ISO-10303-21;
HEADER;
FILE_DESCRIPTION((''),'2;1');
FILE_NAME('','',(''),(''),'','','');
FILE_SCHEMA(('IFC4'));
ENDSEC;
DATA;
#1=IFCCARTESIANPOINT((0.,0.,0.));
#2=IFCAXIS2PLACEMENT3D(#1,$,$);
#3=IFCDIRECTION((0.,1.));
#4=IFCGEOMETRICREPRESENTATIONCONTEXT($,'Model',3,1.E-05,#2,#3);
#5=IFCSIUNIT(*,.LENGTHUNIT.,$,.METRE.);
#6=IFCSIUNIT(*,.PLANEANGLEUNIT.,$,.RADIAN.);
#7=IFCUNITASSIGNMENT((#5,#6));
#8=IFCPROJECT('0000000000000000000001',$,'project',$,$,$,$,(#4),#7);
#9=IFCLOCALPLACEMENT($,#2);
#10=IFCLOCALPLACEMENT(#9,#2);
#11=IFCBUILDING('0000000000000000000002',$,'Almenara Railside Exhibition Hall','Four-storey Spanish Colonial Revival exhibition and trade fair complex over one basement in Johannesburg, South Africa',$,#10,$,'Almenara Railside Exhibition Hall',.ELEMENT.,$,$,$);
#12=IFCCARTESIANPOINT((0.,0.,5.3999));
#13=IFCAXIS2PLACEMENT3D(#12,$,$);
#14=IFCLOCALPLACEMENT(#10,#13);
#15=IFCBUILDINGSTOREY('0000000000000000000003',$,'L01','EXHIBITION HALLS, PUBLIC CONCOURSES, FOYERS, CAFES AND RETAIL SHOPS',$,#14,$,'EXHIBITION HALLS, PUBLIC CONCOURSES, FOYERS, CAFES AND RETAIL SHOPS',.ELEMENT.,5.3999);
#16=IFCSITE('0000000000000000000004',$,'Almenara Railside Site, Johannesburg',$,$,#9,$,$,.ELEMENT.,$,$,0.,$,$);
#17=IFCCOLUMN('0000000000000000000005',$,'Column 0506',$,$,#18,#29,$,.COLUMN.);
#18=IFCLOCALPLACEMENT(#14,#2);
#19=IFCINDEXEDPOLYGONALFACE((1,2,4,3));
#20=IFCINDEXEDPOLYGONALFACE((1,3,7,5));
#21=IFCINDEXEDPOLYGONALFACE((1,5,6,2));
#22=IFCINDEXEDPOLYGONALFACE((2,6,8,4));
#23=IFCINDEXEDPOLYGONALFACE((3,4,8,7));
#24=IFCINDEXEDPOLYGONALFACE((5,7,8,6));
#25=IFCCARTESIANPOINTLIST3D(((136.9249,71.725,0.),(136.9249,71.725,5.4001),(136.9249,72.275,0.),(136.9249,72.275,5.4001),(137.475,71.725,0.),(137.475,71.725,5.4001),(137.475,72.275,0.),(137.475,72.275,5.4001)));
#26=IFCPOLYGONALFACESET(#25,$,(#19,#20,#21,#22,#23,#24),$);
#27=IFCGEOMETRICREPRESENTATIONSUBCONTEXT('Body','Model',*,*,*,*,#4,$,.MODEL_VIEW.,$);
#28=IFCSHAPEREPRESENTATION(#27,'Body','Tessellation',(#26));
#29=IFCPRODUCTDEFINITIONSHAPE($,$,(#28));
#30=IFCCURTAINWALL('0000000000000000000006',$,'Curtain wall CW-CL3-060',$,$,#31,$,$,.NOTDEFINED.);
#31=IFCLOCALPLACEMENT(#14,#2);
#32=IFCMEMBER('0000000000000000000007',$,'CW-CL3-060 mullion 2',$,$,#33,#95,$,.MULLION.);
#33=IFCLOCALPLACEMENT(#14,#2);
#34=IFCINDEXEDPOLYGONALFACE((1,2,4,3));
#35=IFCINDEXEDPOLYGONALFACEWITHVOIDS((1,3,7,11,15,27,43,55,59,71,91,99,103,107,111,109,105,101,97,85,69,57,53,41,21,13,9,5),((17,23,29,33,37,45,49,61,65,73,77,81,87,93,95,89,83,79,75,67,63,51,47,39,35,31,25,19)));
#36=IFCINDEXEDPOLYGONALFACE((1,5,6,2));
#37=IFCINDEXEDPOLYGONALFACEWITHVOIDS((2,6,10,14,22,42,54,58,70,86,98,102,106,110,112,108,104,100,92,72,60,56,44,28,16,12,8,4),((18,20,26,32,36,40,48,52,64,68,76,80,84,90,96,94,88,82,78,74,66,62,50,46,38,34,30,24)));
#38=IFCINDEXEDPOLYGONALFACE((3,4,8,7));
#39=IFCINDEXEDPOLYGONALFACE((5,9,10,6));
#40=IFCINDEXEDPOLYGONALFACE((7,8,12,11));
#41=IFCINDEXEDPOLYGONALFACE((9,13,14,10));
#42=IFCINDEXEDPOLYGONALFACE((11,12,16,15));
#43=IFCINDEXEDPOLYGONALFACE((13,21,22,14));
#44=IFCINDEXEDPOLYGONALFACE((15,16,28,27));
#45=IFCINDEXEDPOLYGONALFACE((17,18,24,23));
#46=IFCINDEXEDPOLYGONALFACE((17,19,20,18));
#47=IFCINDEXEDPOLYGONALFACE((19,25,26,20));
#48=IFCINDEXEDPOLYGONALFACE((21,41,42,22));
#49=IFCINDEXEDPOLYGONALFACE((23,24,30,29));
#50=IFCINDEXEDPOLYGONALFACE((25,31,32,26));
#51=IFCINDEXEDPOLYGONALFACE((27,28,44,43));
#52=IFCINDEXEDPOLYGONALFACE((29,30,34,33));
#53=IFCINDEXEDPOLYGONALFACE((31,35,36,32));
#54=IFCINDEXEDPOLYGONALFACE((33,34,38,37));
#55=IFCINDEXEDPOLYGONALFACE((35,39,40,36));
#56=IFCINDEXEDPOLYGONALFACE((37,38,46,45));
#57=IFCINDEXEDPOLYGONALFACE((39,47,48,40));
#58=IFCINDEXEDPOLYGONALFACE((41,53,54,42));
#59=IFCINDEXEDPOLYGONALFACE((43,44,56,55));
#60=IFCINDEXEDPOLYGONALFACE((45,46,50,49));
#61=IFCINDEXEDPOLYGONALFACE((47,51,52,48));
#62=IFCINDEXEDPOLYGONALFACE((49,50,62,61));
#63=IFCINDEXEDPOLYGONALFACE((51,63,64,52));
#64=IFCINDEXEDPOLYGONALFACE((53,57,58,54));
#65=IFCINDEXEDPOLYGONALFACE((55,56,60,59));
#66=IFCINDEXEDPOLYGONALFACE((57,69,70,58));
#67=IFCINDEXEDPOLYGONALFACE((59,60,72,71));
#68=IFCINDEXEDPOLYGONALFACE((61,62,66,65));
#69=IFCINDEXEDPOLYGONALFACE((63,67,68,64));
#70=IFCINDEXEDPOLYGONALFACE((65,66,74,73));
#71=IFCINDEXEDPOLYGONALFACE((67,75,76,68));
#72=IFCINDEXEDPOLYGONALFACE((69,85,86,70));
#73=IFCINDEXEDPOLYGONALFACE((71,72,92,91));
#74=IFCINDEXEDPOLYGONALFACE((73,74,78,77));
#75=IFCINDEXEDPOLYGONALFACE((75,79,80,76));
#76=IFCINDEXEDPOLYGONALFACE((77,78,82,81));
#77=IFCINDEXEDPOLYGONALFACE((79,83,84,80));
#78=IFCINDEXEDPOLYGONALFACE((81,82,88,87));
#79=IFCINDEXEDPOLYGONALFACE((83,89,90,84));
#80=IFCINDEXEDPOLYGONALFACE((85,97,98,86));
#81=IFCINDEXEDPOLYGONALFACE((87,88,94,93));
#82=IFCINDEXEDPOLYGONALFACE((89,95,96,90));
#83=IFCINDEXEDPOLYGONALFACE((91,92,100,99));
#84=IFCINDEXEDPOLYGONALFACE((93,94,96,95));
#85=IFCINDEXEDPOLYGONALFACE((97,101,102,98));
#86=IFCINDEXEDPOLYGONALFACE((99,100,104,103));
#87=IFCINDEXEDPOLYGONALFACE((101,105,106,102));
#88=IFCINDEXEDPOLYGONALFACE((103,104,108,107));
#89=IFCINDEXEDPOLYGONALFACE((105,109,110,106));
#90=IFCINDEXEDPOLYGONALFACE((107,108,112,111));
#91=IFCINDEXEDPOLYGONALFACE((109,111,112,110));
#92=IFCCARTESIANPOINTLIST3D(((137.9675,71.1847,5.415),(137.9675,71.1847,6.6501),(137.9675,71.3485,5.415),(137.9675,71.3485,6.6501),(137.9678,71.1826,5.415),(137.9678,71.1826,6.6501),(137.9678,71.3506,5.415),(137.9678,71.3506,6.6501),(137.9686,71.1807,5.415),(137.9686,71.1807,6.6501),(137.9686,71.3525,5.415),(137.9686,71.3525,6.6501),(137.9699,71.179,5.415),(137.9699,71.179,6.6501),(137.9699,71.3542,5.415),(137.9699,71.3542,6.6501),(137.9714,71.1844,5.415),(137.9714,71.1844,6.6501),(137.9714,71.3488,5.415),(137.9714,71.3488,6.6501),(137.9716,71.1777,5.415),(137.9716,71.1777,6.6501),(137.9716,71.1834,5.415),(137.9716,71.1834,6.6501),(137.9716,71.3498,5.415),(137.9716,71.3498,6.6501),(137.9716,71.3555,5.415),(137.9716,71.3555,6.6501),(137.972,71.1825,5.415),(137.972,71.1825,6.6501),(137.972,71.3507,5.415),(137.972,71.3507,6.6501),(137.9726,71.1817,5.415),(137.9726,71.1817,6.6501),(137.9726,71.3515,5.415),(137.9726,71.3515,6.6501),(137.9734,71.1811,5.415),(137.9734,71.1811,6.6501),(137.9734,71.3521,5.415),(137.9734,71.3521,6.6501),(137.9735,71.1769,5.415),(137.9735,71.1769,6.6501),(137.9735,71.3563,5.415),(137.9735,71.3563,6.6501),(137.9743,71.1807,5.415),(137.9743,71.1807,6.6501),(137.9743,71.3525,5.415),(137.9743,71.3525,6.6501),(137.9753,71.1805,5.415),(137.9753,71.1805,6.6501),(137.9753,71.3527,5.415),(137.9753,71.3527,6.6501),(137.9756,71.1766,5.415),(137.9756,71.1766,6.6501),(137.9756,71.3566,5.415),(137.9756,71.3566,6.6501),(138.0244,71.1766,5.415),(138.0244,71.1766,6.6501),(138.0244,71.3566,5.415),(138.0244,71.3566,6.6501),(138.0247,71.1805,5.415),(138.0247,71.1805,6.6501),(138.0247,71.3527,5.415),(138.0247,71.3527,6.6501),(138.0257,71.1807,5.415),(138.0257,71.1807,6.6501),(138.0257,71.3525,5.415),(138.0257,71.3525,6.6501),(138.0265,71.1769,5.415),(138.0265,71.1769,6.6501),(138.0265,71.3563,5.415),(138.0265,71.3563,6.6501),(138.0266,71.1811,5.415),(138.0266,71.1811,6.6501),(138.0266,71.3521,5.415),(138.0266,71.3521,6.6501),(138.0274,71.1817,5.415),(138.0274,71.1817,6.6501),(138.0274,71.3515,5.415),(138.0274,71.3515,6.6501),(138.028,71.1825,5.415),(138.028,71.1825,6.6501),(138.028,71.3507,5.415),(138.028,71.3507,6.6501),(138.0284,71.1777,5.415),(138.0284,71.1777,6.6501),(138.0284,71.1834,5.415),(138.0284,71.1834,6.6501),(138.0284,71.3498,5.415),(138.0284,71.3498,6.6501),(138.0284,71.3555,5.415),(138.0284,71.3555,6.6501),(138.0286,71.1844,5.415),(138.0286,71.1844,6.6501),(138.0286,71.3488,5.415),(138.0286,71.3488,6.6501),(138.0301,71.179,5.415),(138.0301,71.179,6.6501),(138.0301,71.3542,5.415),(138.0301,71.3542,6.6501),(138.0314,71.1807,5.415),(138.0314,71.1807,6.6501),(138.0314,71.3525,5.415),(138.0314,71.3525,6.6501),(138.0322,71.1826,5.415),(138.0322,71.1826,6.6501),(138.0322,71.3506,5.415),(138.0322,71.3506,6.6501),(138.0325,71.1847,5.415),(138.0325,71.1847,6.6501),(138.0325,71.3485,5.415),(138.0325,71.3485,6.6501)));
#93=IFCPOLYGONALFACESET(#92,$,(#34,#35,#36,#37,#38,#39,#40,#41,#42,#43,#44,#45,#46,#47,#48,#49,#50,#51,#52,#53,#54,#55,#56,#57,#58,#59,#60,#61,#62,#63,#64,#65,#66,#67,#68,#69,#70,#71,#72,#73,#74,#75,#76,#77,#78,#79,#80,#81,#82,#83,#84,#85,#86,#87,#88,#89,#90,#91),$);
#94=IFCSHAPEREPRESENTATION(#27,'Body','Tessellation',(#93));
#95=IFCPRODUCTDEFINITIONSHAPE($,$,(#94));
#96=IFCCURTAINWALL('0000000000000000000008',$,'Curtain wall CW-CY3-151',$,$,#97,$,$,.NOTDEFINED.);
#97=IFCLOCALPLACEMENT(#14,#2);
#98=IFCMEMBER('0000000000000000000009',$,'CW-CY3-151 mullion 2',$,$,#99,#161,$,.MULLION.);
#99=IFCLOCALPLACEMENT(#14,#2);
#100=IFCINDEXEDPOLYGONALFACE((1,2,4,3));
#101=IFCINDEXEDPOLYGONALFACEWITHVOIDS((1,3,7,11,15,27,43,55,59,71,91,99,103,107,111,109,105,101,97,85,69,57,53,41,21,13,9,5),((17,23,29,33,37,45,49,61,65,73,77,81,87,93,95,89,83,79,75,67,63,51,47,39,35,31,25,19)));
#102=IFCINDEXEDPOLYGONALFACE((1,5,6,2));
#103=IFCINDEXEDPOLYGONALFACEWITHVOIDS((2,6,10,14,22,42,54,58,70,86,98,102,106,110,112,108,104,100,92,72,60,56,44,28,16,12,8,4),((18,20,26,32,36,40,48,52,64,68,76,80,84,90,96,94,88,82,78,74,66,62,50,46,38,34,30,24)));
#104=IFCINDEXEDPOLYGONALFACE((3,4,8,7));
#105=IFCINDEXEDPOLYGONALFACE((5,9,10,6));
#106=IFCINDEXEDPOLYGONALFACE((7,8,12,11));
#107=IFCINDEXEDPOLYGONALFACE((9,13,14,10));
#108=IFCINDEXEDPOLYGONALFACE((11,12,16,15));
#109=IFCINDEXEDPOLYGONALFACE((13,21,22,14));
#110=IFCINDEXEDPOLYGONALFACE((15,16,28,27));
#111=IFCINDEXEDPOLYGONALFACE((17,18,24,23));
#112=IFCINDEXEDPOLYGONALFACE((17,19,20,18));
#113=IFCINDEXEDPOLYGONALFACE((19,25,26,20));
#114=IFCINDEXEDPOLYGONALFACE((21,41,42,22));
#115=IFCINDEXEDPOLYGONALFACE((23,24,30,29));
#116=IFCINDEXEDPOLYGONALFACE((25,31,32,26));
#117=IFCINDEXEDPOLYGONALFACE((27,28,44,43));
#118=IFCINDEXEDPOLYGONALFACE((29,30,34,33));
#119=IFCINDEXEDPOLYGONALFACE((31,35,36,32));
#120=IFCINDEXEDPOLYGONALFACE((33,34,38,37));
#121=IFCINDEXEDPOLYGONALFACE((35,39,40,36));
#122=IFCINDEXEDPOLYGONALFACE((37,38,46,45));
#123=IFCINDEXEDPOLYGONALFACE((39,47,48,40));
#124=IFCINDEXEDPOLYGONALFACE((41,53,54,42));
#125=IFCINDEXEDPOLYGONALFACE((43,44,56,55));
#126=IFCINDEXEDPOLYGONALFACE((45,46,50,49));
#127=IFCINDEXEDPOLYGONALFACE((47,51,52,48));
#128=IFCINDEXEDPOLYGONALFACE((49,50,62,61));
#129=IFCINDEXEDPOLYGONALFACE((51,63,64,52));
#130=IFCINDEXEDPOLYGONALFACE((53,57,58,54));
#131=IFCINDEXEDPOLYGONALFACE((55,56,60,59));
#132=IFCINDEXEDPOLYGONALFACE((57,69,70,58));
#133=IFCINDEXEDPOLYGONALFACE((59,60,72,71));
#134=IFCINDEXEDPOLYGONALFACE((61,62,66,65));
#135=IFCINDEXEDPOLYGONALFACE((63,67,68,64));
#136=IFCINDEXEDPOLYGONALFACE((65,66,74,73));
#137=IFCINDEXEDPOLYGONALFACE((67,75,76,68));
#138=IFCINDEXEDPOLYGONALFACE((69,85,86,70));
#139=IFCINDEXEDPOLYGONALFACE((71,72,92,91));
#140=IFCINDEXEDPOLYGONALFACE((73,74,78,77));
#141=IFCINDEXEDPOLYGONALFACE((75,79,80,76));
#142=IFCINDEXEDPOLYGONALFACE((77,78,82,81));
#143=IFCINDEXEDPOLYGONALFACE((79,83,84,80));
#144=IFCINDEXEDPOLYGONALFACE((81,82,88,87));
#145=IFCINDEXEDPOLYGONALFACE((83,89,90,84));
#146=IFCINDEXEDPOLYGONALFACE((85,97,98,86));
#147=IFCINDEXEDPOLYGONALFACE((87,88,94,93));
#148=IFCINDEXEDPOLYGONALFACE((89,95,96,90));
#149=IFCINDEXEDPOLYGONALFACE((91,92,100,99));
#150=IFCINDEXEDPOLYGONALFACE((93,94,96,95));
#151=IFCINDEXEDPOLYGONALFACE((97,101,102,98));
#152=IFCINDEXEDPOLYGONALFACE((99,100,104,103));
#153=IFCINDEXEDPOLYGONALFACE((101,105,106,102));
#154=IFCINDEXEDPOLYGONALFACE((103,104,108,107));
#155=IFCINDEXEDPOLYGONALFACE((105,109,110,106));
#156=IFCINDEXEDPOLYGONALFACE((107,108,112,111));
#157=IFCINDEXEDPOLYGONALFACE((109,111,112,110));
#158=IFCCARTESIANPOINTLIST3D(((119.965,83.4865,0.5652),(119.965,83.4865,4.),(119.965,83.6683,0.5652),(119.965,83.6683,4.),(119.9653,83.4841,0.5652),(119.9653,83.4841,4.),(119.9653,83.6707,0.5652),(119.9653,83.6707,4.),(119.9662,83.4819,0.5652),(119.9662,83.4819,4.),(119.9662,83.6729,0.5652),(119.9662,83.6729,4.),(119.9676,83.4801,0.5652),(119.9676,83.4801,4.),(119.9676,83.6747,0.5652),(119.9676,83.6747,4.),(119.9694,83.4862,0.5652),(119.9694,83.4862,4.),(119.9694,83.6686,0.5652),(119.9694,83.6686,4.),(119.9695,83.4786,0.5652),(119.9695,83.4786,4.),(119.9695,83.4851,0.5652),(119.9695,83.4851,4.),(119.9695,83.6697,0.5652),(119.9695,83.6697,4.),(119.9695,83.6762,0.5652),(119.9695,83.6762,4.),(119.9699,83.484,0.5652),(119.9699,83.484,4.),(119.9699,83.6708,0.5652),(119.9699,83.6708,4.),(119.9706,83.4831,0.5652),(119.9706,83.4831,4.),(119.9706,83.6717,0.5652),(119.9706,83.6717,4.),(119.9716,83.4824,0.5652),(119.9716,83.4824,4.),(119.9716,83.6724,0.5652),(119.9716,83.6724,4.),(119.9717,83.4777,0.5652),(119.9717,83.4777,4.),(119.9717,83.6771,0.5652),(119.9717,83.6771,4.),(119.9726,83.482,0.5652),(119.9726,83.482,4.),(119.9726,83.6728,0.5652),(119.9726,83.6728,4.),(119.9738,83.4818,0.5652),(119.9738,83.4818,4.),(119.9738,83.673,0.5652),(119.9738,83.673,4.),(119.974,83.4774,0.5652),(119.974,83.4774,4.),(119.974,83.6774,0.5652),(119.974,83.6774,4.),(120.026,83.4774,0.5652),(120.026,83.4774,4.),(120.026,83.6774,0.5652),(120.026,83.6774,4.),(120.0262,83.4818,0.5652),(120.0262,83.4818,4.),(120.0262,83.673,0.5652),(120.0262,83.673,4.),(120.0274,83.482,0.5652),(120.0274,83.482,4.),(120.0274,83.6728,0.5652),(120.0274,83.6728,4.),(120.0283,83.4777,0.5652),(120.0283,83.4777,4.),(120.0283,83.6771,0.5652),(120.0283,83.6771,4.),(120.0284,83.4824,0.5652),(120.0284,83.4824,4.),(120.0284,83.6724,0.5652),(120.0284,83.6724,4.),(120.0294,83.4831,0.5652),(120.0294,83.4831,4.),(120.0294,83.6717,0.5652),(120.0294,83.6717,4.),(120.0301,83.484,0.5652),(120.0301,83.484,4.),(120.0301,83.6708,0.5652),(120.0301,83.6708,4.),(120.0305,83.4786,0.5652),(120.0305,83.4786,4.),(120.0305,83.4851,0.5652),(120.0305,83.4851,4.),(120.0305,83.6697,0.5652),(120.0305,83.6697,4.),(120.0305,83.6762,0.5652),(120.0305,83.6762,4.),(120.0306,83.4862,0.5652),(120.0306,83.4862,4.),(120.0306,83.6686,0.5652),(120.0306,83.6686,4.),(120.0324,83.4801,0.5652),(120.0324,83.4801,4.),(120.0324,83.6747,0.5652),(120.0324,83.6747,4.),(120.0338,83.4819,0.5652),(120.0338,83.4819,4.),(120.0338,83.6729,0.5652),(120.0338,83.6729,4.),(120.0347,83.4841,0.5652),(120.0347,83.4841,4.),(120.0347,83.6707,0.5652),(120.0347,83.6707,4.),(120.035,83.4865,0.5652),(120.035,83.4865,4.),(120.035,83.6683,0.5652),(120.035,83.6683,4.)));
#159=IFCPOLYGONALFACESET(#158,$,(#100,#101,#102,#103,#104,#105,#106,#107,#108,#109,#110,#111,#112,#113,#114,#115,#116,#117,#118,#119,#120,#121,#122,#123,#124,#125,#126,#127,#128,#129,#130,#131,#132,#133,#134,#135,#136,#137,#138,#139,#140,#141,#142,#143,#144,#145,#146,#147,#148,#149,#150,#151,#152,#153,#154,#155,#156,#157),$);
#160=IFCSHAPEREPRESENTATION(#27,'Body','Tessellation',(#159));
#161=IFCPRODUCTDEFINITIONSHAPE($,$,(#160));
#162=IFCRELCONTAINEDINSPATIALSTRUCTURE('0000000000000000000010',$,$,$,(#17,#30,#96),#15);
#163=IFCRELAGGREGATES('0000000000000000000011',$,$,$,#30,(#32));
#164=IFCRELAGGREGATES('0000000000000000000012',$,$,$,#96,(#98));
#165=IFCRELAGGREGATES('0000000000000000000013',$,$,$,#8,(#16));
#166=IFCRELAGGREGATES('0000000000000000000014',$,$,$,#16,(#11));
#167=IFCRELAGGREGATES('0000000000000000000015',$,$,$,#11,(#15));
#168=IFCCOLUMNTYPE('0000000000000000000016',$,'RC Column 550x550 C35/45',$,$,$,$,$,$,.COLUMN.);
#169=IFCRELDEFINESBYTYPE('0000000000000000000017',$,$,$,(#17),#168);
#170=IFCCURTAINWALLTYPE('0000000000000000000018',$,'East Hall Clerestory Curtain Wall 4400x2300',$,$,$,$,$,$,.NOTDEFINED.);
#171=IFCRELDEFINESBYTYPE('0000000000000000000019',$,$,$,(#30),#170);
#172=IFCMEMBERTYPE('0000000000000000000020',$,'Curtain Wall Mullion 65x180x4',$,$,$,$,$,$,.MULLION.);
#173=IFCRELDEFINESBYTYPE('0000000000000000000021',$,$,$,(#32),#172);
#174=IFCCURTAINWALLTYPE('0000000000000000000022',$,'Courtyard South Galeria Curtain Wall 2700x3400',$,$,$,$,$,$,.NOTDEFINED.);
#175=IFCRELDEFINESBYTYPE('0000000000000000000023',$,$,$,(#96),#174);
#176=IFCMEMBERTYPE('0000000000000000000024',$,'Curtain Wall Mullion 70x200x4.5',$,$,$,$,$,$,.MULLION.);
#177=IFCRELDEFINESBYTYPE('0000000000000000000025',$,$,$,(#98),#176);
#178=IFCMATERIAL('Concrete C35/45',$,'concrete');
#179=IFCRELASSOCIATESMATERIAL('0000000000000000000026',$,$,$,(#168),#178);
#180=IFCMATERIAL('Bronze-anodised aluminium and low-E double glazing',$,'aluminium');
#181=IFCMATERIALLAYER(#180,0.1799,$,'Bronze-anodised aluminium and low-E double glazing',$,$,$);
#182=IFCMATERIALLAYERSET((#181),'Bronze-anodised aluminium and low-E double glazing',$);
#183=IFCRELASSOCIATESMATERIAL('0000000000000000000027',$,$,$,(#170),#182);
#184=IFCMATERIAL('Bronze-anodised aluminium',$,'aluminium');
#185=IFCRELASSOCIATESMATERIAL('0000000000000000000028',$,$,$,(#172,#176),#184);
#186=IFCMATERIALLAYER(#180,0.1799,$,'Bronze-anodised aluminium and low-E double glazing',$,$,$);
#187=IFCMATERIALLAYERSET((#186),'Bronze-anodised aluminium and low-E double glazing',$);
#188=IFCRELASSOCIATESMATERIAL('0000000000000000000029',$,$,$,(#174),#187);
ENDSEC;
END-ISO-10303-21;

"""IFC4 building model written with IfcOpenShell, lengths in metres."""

from ifc_helpers import new_model, si_unit, direction, frame, origin, origin_2d, place, context, subcontext, project, spatial, rectangle, hollow_rectangle, extrude, material, layer, layer_set, material_profile, profile_set, type_object, element, aggregate, save


model = new_model("IFC4")

# Units and contexts
model_context = context("Model", 3, precision=1e-05, world=origin(), true_north=direction((0.0, 1.0)))
body_context = subcontext(model_context, "Body", "Model", "MODEL_VIEW")
ifc_project = project(units=[si_unit("LENGTHUNIT", "METRE"), si_unit("PLANEANGLEUNIT", "RADIAN")], contexts=[model_context])

# Site, building, storey
site_placement = place(None, origin())
site = spatial("IfcSite", under=ifc_project, at=site_placement, Name="Almenara Railside Site, Johannesburg", CompositionType="ELEMENT", RefElevation=0.0)
building_placement = place(site_placement, origin())
building = spatial("IfcBuilding", under=site, at=building_placement, Name="Almenara Railside Exhibition Hall", Description="Four-storey Spanish Colonial Revival exhibition and trade fair complex over one basement in Johannesburg, South Africa", LongName="Almenara Railside Exhibition Hall", CompositionType="ELEMENT")
storey_placement = place(building_placement, frame((0.0, 0.0, 5.3999)))
storey = spatial("IfcBuildingStorey", under=building, at=storey_placement, Name="L01", Description="EXHIBITION HALLS, PUBLIC CONCOURSES, FOYERS, CAFES AND RETAIL SHOPS", LongName="EXHIBITION HALLS, PUBLIC CONCOURSES, FOYERS, CAFES AND RETAIL SHOPS", CompositionType="ELEMENT", Elevation=5.3999)

# Column
ifc_material_1 = material(Name="Concrete C35/45", Category="concrete")
ifc_material_profile_1 = material_profile(ifc_material_1, rectangle(XDim=0.55, YDim=0.55, at=origin_2d()), Name="RC 550x550")
ifc_profile_set_1 = profile_set([ifc_material_profile_1], Name="Concrete C35/45")
column_type = type_object("IfcColumnType", Name="RC Column 550x550 C35/45", PredefinedType="COLUMN", material=ifc_profile_set_1)
column_placement = place(storey_placement, frame((137.2, 72.0, 0.0), z_axis=(0.0, 0.0, 1.0), x_axis=(1.0, 0.0, 0.0)))
element("IfcColumn", 1, at=column_placement, inside=storey, type_object=column_type, Name="Column 0506", PredefinedType="COLUMN", context=body_context, shape_type="SweptSolid", body=[
    extrude(rectangle(XDim=0.55, YDim=0.55, at=origin_2d()), origin(), (0.0, 0.0, 1.0), 5.4001),
])

# Curtain wall, member
ifc_material_2 = material(Name="Bronze-anodised aluminium and low-E double glazing", Category="aluminium")
ifc_layer_1 = layer(ifc_material_2, 0.1799, Name="Bronze-anodised aluminium and low-E double glazing")
ifc_layer_set_1 = layer_set([ifc_layer_1], Name="Bronze-anodised aluminium and low-E double glazing")
curtain_wall_type_1 = type_object("IfcCurtainWallType", Name="East Hall Clerestory Curtain Wall 4400x2300", PredefinedType="NOTDEFINED", material=ifc_layer_set_1)
curtain_wall_1_placement = place(storey_placement, origin())
curtain_wall_1 = element("IfcCurtainWall", 2, at=curtain_wall_1_placement, inside=storey, type_object=curtain_wall_type_1, Name="Curtain wall CW-CL3-060", PredefinedType="NOTDEFINED")
ifc_material_3 = material(Name="Bronze-anodised aluminium", Category="aluminium")
ifc_material_profile_2 = material_profile(ifc_material_3, hollow_rectangle(XDim=0.0649, YDim=0.1799, WallThickness=0.0039, InnerFilletRadius=0.0039, OuterFilletRadius=0.0081, at=origin_2d()), Name="ALU-MUL 65x180x4")
ifc_profile_set_2 = profile_set([ifc_material_profile_2], Name="Bronze-anodised aluminium")
member_type_1 = type_object("IfcMemberType", Name="Curtain Wall Mullion 65x180x4", PredefinedType="MULLION", material=ifc_profile_set_2)
member_1_placement = place(storey_placement, frame((138.0, 71.2666, 5.415), z_axis=(0.0, 0.0, 1.0), x_axis=(-1.0, 0.0, 0.0)))
member_1 = element("IfcMember", 3, at=member_1_placement, type_object=member_type_1, Name="CW-CL3-060 mullion 2", PredefinedType="MULLION", context=body_context, shape_type="SweptSolid", body=[
    extrude(hollow_rectangle(XDim=0.0649, YDim=0.1799, WallThickness=0.0039, InnerFilletRadius=0.0039, OuterFilletRadius=0.0081, at=origin_2d()), origin(), (0.0, 0.0, 1.0), 1.2351),
])

# Curtain wall, member
ifc_layer_2 = layer(ifc_material_2, 0.1799, Name="Bronze-anodised aluminium and low-E double glazing")
ifc_layer_set_2 = layer_set([ifc_layer_2], Name="Bronze-anodised aluminium and low-E double glazing")
curtain_wall_type_2 = type_object("IfcCurtainWallType", Name="Courtyard South Galeria Curtain Wall 2700x3400", PredefinedType="NOTDEFINED", material=ifc_layer_set_2)
curtain_wall_2_placement = place(storey_placement, origin())
curtain_wall_2 = element("IfcCurtainWall", 4, at=curtain_wall_2_placement, inside=storey, type_object=curtain_wall_type_2, Name="Curtain wall CW-CY3-151", PredefinedType="NOTDEFINED")
ifc_material_profile_3 = material_profile(ifc_material_3, hollow_rectangle(XDim=0.0701, YDim=0.2, WallThickness=0.0044, InnerFilletRadius=0.0044, OuterFilletRadius=0.009, at=origin_2d()), Name="ALU-MUL 70x200x4.5")
ifc_profile_set_3 = profile_set([ifc_material_profile_3], Name="Bronze-anodised aluminium")
member_type_2 = type_object("IfcMemberType", Name="Curtain Wall Mullion 70x200x4.5", PredefinedType="MULLION", material=ifc_profile_set_3)
member_2_placement = place(storey_placement, frame((120.0, 83.5774, 0.5652), z_axis=(0.0, 0.0, 1.0), x_axis=(-1.0, 0.0, 0.0)))
member_2 = element("IfcMember", 5, at=member_2_placement, type_object=member_type_2, Name="CW-CY3-151 mullion 2", PredefinedType="MULLION", context=body_context, shape_type="SweptSolid", body=[
    extrude(hollow_rectangle(XDim=0.0701, YDim=0.2, WallThickness=0.0044, InnerFilletRadius=0.0044, OuterFilletRadius=0.009, at=origin_2d()), origin(), (0.0, 0.0, 1.0), 3.4348),
])

aggregate(curtain_wall_1, [member_1])
aggregate(curtain_wall_2, [member_2])

save(model, "model.ifc")
